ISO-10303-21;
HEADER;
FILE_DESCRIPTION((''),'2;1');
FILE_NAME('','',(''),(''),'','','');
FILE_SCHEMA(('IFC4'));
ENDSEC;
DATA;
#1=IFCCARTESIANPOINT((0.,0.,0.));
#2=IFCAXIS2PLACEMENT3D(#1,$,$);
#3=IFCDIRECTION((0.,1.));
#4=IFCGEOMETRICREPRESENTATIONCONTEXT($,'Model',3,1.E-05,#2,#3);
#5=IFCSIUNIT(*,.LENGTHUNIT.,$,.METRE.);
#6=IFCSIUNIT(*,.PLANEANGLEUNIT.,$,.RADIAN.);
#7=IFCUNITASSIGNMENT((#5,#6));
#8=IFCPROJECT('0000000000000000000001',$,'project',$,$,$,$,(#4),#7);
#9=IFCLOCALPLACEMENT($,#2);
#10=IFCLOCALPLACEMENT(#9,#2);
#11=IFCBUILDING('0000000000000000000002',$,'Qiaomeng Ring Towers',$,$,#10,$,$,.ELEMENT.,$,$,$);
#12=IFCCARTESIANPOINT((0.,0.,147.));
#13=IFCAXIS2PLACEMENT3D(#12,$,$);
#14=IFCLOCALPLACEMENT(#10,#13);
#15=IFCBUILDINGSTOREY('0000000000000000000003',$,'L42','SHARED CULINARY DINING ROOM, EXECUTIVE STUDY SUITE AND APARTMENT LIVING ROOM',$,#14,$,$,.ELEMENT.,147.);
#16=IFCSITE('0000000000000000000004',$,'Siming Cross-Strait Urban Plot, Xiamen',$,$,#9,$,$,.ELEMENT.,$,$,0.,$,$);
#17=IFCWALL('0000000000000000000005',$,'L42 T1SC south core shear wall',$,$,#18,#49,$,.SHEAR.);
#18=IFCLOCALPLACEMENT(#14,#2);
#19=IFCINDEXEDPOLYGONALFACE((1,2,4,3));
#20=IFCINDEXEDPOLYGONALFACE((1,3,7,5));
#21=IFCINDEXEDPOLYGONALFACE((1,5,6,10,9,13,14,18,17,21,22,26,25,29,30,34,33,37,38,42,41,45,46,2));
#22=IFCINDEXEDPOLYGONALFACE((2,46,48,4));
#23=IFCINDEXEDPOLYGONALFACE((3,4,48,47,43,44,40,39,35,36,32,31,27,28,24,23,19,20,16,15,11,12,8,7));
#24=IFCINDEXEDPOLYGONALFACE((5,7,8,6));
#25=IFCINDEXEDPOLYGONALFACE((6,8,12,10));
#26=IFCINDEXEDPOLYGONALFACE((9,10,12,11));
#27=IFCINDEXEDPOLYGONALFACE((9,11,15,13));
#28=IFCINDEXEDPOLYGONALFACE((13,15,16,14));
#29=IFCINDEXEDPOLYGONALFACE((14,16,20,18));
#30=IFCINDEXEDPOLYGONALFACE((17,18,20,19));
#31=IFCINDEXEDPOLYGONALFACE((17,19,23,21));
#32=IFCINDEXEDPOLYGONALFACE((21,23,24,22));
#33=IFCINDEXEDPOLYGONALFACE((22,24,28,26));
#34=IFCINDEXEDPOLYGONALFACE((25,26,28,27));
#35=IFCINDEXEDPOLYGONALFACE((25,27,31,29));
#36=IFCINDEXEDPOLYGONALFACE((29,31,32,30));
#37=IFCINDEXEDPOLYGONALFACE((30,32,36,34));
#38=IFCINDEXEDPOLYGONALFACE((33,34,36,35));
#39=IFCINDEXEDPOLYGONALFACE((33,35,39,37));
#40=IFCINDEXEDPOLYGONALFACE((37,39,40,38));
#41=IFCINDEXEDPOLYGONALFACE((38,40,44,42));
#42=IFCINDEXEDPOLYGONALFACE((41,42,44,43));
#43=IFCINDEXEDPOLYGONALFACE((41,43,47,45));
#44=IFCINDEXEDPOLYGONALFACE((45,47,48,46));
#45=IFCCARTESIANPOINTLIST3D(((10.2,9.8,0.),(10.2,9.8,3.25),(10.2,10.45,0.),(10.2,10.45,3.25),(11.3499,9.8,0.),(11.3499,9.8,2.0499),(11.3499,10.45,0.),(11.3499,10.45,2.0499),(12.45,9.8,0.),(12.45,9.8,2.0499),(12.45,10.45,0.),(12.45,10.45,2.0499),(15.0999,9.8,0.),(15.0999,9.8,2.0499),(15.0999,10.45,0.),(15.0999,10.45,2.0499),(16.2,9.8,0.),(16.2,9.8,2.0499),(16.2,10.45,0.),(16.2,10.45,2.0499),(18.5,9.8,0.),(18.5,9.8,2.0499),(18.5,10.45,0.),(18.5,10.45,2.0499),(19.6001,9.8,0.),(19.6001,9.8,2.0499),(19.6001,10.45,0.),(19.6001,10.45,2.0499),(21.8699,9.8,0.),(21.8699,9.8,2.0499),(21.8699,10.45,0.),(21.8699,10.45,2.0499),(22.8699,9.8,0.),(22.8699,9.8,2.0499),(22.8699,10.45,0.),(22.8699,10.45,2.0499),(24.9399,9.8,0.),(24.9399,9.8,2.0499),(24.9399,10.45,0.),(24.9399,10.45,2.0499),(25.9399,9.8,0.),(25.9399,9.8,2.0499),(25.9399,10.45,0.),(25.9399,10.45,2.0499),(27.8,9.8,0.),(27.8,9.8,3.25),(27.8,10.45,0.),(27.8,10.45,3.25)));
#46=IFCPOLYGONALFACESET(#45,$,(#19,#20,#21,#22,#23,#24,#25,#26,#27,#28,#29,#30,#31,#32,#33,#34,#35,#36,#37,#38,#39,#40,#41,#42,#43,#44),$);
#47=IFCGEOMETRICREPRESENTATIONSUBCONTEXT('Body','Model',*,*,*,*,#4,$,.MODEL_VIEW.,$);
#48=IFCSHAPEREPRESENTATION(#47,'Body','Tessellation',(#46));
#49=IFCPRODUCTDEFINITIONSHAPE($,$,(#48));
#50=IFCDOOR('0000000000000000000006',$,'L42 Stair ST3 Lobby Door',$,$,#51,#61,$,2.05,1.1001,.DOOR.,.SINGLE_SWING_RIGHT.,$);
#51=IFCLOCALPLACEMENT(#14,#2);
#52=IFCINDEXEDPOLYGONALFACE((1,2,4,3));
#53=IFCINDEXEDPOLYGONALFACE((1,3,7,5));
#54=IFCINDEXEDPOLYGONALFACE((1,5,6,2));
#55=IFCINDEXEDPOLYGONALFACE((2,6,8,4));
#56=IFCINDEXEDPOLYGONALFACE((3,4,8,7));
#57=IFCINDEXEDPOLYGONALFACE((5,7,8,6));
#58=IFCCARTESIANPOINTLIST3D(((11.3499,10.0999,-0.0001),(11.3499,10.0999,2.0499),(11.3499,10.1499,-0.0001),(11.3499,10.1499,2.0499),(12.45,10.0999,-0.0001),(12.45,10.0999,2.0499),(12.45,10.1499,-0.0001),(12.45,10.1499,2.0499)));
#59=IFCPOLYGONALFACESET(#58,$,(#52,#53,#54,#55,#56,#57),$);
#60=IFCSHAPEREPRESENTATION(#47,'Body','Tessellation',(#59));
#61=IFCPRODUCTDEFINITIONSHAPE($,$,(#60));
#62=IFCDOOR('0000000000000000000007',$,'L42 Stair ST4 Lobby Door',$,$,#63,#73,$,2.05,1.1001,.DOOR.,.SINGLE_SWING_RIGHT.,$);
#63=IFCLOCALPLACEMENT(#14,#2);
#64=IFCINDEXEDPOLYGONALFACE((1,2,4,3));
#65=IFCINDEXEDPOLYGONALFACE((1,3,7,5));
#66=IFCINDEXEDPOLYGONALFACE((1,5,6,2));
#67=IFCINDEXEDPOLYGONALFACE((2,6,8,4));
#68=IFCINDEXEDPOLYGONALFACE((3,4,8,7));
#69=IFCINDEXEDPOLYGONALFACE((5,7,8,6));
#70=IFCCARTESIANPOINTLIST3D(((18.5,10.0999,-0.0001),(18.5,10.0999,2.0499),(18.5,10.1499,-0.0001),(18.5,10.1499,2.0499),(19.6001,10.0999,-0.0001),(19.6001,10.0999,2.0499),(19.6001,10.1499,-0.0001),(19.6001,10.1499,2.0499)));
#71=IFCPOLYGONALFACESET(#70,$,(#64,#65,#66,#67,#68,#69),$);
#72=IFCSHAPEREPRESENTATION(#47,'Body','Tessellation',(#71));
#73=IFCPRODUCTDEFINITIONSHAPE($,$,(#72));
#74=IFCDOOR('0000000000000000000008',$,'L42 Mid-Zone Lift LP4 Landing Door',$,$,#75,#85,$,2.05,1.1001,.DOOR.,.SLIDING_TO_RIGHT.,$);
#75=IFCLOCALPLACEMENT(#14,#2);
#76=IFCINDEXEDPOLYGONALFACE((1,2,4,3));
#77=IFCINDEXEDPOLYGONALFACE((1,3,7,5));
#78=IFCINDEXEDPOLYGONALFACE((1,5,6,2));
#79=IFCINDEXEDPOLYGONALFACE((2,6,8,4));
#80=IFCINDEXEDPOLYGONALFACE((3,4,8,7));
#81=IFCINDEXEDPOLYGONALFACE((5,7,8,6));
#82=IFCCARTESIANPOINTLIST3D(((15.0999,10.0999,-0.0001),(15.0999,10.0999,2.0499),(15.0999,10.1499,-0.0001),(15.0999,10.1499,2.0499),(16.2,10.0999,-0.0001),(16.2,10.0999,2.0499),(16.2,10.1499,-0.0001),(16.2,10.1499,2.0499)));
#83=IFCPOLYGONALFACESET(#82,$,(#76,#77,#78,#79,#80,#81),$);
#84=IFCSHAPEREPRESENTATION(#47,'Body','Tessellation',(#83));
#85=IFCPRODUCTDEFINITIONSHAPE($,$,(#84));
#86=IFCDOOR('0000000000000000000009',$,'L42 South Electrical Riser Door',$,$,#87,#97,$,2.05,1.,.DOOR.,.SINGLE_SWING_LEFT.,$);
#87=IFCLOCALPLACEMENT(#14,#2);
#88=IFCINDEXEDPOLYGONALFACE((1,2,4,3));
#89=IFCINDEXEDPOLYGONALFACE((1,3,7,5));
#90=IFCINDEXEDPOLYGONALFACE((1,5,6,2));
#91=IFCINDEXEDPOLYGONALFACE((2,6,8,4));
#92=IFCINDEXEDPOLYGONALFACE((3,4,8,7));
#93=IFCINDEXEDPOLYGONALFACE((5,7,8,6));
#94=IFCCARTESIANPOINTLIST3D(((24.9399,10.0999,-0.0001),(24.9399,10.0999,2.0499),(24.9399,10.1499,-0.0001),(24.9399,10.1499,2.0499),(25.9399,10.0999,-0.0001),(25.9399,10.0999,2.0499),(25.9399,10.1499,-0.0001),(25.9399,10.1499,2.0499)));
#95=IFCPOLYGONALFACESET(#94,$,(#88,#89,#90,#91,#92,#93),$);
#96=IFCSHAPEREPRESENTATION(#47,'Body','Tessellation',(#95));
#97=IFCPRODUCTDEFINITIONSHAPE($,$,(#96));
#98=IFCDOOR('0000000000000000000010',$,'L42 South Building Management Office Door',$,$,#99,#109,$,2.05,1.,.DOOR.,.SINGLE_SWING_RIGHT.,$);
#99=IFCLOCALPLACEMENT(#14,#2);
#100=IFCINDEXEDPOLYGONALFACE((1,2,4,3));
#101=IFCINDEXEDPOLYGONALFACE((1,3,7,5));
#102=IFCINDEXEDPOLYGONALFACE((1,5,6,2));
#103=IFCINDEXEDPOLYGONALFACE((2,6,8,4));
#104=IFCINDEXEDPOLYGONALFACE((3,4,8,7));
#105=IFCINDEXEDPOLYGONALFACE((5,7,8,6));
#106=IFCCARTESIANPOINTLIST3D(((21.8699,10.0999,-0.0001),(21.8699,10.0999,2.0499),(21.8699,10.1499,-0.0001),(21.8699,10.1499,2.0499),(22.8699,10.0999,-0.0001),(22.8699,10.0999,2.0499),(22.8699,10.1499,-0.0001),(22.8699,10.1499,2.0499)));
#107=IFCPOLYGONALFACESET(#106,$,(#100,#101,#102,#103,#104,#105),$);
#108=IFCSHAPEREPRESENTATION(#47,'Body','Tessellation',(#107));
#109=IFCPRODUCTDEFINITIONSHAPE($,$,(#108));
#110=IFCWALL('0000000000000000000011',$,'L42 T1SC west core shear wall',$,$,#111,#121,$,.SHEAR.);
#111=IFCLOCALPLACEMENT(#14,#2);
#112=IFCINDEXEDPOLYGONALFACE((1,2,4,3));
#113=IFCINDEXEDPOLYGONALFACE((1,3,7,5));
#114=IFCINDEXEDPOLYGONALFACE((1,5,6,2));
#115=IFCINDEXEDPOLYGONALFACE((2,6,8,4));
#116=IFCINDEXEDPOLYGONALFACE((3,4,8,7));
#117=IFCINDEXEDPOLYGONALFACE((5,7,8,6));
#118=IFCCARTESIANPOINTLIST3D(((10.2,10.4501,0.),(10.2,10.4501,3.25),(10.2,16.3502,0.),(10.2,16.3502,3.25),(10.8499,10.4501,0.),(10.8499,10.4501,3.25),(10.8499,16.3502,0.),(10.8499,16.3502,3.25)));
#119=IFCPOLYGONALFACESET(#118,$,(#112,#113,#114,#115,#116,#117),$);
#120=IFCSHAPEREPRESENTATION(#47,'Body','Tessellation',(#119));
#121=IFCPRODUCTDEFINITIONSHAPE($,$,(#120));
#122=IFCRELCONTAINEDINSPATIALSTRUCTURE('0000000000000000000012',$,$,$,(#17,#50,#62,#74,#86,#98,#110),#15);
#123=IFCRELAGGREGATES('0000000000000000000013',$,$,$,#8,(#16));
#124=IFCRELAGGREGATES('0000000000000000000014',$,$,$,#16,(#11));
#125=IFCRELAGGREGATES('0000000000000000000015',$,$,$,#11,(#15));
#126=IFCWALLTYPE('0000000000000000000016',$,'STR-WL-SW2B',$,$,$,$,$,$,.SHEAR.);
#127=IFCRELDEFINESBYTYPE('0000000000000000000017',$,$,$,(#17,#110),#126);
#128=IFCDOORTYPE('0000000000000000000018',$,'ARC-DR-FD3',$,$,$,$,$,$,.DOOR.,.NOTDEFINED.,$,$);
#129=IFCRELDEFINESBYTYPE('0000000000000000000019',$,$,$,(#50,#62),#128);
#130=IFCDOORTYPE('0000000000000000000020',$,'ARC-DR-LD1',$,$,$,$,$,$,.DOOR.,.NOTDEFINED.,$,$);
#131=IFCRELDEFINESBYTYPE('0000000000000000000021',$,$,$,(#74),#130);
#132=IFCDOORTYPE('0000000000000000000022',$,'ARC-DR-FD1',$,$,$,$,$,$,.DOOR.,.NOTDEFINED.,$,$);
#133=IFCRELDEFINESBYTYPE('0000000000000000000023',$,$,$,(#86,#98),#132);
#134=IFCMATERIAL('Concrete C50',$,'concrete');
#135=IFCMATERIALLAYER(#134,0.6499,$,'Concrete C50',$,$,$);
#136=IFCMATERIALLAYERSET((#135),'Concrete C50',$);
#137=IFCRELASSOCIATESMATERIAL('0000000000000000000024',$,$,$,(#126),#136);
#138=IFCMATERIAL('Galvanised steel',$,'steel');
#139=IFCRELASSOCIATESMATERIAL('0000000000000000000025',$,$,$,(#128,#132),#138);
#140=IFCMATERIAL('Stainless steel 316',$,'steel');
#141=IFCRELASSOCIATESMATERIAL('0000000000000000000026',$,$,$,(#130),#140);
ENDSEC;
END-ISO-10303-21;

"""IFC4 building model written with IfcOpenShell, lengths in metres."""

from ifc_helpers import new_model, si_unit, direction, frame, frame_2d, origin, place, context, subcontext, project, spatial, rectangle, extrude, source, transform, mapped, material, layer, layer_set, type_object, element, fill, save


model = new_model("IFC4")

# Units and contexts
model_context = context("Model", 3, precision=1e-05, world=origin(), true_north=direction((0.0, 1.0)))
body_context = subcontext(model_context, "Body", "Model", "MODEL_VIEW")
ifc_project = project(units=[si_unit("LENGTHUNIT", "METRE"), si_unit("PLANEANGLEUNIT", "RADIAN")], contexts=[model_context])

# Site, building, storey
site_placement = place(None, origin())
site = spatial("IfcSite", under=ifc_project, at=site_placement, Name="Siming Cross-Strait Urban Plot, Xiamen", CompositionType="ELEMENT", RefElevation=0.0)
building_placement = place(site_placement, origin())
building = spatial("IfcBuilding", under=site, at=building_placement, Name="Qiaomeng Ring Towers", CompositionType="ELEMENT")
storey_placement = place(building_placement, frame((0.0, 0.0, 147.0)))
storey = spatial("IfcBuildingStorey", under=building, at=storey_placement, Name="L42", Description="SHARED CULINARY DINING ROOM, EXECUTIVE STUDY SUITE AND APARTMENT LIVING ROOM", CompositionType="ELEMENT", Elevation=147.0)

# Shared definitions
shared_shape_1 = source(origin(), body_context, "Body", "SweptSolid", [
    extrude(rectangle(XDim=1.0, YDim=2.05, at=frame_2d((0.5, 1.0249))), frame((0.0, 0.0249, 0.0), z_axis=(0.0, -1.0, 0.0), x_axis=(1.0, 0.0, 0.0)), (0.0, 0.0, 1.0), 0.05),
])

# Wall, openings, doors
ifc_material_1 = material(Name="Concrete C50", Category="concrete")
ifc_layer_1 = layer(ifc_material_1, 0.6499, Name="Concrete C50")
ifc_layer_set_1 = layer_set([ifc_layer_1], Name="Concrete C50")
wall_type_1 = type_object("IfcWallType", Name="STR-WL-SW2B", PredefinedType="SHEAR", material=ifc_layer_set_1)
wall_1_placement = place(storey_placement, frame((10.2, 10.125, 0.0), z_axis=(0.0, 0.0, 1.0), x_axis=(1.0, 0.0, 0.0)))
wall_1 = element("IfcWall", 1, at=wall_1_placement, inside=storey, type_object=wall_type_1, Name="L42 T1SC south core shear wall", PredefinedType="SHEAR", context=body_context, shape_type="SweptSolid", body=[
    extrude(rectangle(XDim=17.6001, YDim=0.6499, at=frame_2d((8.8, 0.0))), origin(), (0.0, 0.0, 1.0), 3.25),
])
opening_1_placement = place(wall_1_placement, frame((1.1499, 0.0, 0.0)))
opening_1 = element("IfcOpeningElement", 2, at=opening_1_placement, cuts=wall_1, PredefinedType="OPENING", context=body_context, shape_type="SweptSolid", body=[
    extrude(rectangle(XDim=1.1001, YDim=2.05, at=frame_2d((0.55, 1.0249))), frame((0.0, 0.335, 0.0), z_axis=(0.0, -1.0, 0.0), x_axis=(1.0, 0.0, 0.0)), (0.0, 0.0, 1.0), 0.6699),
])
opening_2_placement = place(wall_1_placement, frame((8.3, 0.0, 0.0)))
opening_2 = element("IfcOpeningElement", 3, at=opening_2_placement, cuts=wall_1, PredefinedType="OPENING", context=body_context, shape_type="SweptSolid", body=[
    extrude(rectangle(XDim=1.1001, YDim=2.05, at=frame_2d((0.55, 1.0249))), frame((0.0, 0.335, 0.0), z_axis=(0.0, -1.0, 0.0), x_axis=(1.0, 0.0, 0.0)), (0.0, 0.0, 1.0), 0.6699),
])
opening_3_placement = place(wall_1_placement, frame((4.8999, 0.0, 0.0)))
opening_3 = element("IfcOpeningElement", 4, at=opening_3_placement, cuts=wall_1, PredefinedType="OPENING", context=body_context, shape_type="SweptSolid", body=[
    extrude(rectangle(XDim=1.1001, YDim=2.05, at=frame_2d((0.55, 1.0249))), frame((0.0, 0.335, 0.0), z_axis=(0.0, -1.0, 0.0), x_axis=(1.0, 0.0, 0.0)), (0.0, 0.0, 1.0), 0.6699),
])
opening_4_placement = place(wall_1_placement, frame((14.74, 0.0, 0.0)))
opening_4 = element("IfcOpeningElement", 5, at=opening_4_placement, cuts=wall_1, PredefinedType="OPENING", context=body_context, shape_type="SweptSolid", body=[
    extrude(rectangle(XDim=1.0, YDim=2.05, at=frame_2d((0.5, 1.0249))), frame((0.0, 0.335, 0.0), z_axis=(0.0, -1.0, 0.0), x_axis=(1.0, 0.0, 0.0)), (0.0, 0.0, 1.0), 0.6699),
])
opening_5_placement = place(wall_1_placement, frame((11.6699, 0.0, 0.0)))
opening_5 = element("IfcOpeningElement", 6, at=opening_5_placement, cuts=wall_1, PredefinedType="OPENING", context=body_context, shape_type="SweptSolid", body=[
    extrude(rectangle(XDim=1.0, YDim=2.05, at=frame_2d((0.5, 1.0249))), frame((0.0, 0.335, 0.0), z_axis=(0.0, -1.0, 0.0), x_axis=(1.0, 0.0, 0.0)), (0.0, 0.0, 1.0), 0.6699),
])
ifc_material_2 = material(Name="Galvanised steel", Category="steel")
door_type_1 = type_object("IfcDoorType", Name="ARC-DR-FD3", OperationType="NOTDEFINED", PredefinedType="DOOR", material=ifc_material_2)
shared_shape_2 = source(origin(), body_context, "Body", "SweptSolid", [
    extrude(rectangle(XDim=1.1001, YDim=2.05, at=frame_2d((0.55, 1.0249))), frame((0.0, 0.0249, 0.0), z_axis=(0.0, -1.0, 0.0), x_axis=(1.0, 0.0, 0.0)), (0.0, 0.0, 1.0), 0.05),
])
door_1_placement = place(opening_1_placement, origin())
door_1 = element("IfcDoor", 7, at=door_1_placement, inside=storey, type_object=door_type_1, Name="L42 Stair ST3 Lobby Door", OperationType="SINGLE_SWING_RIGHT", OverallHeight=2.05, OverallWidth=1.1001, PredefinedType="DOOR", context=body_context, shape_type="MappedRepresentation", body=[
    mapped(shared_shape_2, transform((0.0, 0.0, 0.0), x_axis=(1.0, 0.0, 0.0), y_axis=(0.0, 1.0, 0.0), z_axis=(0.0, 0.0, 1.0), scale=1.0)),
])
fill(opening_1, door_1)
door_2_placement = place(opening_2_placement, origin())
door_2 = element("IfcDoor", 8, at=door_2_placement, inside=storey, type_object=door_type_1, Name="L42 Stair ST4 Lobby Door", OperationType="SINGLE_SWING_RIGHT", OverallHeight=2.05, OverallWidth=1.1001, PredefinedType="DOOR", context=body_context, shape_type="MappedRepresentation", body=[
    mapped(shared_shape_2, transform((0.0, 0.0, 0.0), x_axis=(1.0, 0.0, 0.0), y_axis=(0.0, 1.0, 0.0), z_axis=(0.0, 0.0, 1.0), scale=1.0)),
])
fill(opening_2, door_2)
ifc_material_3 = material(Name="Stainless steel 316", Category="steel")
door_type_2 = type_object("IfcDoorType", Name="ARC-DR-LD1", OperationType="NOTDEFINED", PredefinedType="DOOR", material=ifc_material_3)
door_3_placement = place(opening_3_placement, origin())
door_3 = element("IfcDoor", 9, at=door_3_placement, inside=storey, type_object=door_type_2, Name="L42 Mid-Zone Lift LP4 Landing Door", OperationType="SLIDING_TO_RIGHT", OverallHeight=2.05, OverallWidth=1.1001, PredefinedType="DOOR", context=body_context, shape_type="MappedRepresentation", body=[
    mapped(shared_shape_2, transform((0.0, 0.0, 0.0), x_axis=(1.0, 0.0, 0.0), y_axis=(0.0, 1.0, 0.0), z_axis=(0.0, 0.0, 1.0), scale=1.0)),
])
fill(opening_3, door_3)
door_type_3 = type_object("IfcDoorType", Name="ARC-DR-FD1", OperationType="NOTDEFINED", PredefinedType="DOOR", material=ifc_material_2)
door_4_placement = place(opening_4_placement, origin())
door_4 = element("IfcDoor", 10, at=door_4_placement, inside=storey, type_object=door_type_3, Name="L42 South Electrical Riser Door", OperationType="SINGLE_SWING_LEFT", OverallHeight=2.05, OverallWidth=1.0, PredefinedType="DOOR", context=body_context, shape_type="MappedRepresentation", body=[
    mapped(shared_shape_1, transform((0.0, 0.0, 0.0), x_axis=(1.0, 0.0, 0.0), y_axis=(0.0, 1.0, 0.0), z_axis=(0.0, 0.0, 1.0), scale=1.0)),
])
fill(opening_4, door_4)
door_5_placement = place(opening_5_placement, origin())
door_5 = element("IfcDoor", 11, at=door_5_placement, inside=storey, type_object=door_type_3, Name="L42 South Building Management Office Door", OperationType="SINGLE_SWING_RIGHT", OverallHeight=2.05, OverallWidth=1.0, PredefinedType="DOOR", context=body_context, shape_type="MappedRepresentation", body=[
    mapped(shared_shape_1, transform((0.0, 0.0, 0.0), x_axis=(1.0, 0.0, 0.0), y_axis=(0.0, 1.0, 0.0), z_axis=(0.0, 0.0, 1.0), scale=1.0)),
])
fill(opening_5, door_5)

# Wall
wall_2_placement = place(storey_placement, frame((10.5249, 10.45, 0.0), z_axis=(0.0, 0.0, 1.0), x_axis=(0.0, 1.0, 0.0)))
element("IfcWall", 12, at=wall_2_placement, inside=storey, type_object=wall_type_1, Name="L42 T1SC west core shear wall", PredefinedType="SHEAR", context=body_context, shape_type="SweptSolid", body=[
    extrude(rectangle(XDim=5.9001, YDim=0.6499, at=frame_2d((2.9502, 0.0))), origin(), (0.0, 0.0, 1.0), 3.25),
])

save(model, "model.ifc")
